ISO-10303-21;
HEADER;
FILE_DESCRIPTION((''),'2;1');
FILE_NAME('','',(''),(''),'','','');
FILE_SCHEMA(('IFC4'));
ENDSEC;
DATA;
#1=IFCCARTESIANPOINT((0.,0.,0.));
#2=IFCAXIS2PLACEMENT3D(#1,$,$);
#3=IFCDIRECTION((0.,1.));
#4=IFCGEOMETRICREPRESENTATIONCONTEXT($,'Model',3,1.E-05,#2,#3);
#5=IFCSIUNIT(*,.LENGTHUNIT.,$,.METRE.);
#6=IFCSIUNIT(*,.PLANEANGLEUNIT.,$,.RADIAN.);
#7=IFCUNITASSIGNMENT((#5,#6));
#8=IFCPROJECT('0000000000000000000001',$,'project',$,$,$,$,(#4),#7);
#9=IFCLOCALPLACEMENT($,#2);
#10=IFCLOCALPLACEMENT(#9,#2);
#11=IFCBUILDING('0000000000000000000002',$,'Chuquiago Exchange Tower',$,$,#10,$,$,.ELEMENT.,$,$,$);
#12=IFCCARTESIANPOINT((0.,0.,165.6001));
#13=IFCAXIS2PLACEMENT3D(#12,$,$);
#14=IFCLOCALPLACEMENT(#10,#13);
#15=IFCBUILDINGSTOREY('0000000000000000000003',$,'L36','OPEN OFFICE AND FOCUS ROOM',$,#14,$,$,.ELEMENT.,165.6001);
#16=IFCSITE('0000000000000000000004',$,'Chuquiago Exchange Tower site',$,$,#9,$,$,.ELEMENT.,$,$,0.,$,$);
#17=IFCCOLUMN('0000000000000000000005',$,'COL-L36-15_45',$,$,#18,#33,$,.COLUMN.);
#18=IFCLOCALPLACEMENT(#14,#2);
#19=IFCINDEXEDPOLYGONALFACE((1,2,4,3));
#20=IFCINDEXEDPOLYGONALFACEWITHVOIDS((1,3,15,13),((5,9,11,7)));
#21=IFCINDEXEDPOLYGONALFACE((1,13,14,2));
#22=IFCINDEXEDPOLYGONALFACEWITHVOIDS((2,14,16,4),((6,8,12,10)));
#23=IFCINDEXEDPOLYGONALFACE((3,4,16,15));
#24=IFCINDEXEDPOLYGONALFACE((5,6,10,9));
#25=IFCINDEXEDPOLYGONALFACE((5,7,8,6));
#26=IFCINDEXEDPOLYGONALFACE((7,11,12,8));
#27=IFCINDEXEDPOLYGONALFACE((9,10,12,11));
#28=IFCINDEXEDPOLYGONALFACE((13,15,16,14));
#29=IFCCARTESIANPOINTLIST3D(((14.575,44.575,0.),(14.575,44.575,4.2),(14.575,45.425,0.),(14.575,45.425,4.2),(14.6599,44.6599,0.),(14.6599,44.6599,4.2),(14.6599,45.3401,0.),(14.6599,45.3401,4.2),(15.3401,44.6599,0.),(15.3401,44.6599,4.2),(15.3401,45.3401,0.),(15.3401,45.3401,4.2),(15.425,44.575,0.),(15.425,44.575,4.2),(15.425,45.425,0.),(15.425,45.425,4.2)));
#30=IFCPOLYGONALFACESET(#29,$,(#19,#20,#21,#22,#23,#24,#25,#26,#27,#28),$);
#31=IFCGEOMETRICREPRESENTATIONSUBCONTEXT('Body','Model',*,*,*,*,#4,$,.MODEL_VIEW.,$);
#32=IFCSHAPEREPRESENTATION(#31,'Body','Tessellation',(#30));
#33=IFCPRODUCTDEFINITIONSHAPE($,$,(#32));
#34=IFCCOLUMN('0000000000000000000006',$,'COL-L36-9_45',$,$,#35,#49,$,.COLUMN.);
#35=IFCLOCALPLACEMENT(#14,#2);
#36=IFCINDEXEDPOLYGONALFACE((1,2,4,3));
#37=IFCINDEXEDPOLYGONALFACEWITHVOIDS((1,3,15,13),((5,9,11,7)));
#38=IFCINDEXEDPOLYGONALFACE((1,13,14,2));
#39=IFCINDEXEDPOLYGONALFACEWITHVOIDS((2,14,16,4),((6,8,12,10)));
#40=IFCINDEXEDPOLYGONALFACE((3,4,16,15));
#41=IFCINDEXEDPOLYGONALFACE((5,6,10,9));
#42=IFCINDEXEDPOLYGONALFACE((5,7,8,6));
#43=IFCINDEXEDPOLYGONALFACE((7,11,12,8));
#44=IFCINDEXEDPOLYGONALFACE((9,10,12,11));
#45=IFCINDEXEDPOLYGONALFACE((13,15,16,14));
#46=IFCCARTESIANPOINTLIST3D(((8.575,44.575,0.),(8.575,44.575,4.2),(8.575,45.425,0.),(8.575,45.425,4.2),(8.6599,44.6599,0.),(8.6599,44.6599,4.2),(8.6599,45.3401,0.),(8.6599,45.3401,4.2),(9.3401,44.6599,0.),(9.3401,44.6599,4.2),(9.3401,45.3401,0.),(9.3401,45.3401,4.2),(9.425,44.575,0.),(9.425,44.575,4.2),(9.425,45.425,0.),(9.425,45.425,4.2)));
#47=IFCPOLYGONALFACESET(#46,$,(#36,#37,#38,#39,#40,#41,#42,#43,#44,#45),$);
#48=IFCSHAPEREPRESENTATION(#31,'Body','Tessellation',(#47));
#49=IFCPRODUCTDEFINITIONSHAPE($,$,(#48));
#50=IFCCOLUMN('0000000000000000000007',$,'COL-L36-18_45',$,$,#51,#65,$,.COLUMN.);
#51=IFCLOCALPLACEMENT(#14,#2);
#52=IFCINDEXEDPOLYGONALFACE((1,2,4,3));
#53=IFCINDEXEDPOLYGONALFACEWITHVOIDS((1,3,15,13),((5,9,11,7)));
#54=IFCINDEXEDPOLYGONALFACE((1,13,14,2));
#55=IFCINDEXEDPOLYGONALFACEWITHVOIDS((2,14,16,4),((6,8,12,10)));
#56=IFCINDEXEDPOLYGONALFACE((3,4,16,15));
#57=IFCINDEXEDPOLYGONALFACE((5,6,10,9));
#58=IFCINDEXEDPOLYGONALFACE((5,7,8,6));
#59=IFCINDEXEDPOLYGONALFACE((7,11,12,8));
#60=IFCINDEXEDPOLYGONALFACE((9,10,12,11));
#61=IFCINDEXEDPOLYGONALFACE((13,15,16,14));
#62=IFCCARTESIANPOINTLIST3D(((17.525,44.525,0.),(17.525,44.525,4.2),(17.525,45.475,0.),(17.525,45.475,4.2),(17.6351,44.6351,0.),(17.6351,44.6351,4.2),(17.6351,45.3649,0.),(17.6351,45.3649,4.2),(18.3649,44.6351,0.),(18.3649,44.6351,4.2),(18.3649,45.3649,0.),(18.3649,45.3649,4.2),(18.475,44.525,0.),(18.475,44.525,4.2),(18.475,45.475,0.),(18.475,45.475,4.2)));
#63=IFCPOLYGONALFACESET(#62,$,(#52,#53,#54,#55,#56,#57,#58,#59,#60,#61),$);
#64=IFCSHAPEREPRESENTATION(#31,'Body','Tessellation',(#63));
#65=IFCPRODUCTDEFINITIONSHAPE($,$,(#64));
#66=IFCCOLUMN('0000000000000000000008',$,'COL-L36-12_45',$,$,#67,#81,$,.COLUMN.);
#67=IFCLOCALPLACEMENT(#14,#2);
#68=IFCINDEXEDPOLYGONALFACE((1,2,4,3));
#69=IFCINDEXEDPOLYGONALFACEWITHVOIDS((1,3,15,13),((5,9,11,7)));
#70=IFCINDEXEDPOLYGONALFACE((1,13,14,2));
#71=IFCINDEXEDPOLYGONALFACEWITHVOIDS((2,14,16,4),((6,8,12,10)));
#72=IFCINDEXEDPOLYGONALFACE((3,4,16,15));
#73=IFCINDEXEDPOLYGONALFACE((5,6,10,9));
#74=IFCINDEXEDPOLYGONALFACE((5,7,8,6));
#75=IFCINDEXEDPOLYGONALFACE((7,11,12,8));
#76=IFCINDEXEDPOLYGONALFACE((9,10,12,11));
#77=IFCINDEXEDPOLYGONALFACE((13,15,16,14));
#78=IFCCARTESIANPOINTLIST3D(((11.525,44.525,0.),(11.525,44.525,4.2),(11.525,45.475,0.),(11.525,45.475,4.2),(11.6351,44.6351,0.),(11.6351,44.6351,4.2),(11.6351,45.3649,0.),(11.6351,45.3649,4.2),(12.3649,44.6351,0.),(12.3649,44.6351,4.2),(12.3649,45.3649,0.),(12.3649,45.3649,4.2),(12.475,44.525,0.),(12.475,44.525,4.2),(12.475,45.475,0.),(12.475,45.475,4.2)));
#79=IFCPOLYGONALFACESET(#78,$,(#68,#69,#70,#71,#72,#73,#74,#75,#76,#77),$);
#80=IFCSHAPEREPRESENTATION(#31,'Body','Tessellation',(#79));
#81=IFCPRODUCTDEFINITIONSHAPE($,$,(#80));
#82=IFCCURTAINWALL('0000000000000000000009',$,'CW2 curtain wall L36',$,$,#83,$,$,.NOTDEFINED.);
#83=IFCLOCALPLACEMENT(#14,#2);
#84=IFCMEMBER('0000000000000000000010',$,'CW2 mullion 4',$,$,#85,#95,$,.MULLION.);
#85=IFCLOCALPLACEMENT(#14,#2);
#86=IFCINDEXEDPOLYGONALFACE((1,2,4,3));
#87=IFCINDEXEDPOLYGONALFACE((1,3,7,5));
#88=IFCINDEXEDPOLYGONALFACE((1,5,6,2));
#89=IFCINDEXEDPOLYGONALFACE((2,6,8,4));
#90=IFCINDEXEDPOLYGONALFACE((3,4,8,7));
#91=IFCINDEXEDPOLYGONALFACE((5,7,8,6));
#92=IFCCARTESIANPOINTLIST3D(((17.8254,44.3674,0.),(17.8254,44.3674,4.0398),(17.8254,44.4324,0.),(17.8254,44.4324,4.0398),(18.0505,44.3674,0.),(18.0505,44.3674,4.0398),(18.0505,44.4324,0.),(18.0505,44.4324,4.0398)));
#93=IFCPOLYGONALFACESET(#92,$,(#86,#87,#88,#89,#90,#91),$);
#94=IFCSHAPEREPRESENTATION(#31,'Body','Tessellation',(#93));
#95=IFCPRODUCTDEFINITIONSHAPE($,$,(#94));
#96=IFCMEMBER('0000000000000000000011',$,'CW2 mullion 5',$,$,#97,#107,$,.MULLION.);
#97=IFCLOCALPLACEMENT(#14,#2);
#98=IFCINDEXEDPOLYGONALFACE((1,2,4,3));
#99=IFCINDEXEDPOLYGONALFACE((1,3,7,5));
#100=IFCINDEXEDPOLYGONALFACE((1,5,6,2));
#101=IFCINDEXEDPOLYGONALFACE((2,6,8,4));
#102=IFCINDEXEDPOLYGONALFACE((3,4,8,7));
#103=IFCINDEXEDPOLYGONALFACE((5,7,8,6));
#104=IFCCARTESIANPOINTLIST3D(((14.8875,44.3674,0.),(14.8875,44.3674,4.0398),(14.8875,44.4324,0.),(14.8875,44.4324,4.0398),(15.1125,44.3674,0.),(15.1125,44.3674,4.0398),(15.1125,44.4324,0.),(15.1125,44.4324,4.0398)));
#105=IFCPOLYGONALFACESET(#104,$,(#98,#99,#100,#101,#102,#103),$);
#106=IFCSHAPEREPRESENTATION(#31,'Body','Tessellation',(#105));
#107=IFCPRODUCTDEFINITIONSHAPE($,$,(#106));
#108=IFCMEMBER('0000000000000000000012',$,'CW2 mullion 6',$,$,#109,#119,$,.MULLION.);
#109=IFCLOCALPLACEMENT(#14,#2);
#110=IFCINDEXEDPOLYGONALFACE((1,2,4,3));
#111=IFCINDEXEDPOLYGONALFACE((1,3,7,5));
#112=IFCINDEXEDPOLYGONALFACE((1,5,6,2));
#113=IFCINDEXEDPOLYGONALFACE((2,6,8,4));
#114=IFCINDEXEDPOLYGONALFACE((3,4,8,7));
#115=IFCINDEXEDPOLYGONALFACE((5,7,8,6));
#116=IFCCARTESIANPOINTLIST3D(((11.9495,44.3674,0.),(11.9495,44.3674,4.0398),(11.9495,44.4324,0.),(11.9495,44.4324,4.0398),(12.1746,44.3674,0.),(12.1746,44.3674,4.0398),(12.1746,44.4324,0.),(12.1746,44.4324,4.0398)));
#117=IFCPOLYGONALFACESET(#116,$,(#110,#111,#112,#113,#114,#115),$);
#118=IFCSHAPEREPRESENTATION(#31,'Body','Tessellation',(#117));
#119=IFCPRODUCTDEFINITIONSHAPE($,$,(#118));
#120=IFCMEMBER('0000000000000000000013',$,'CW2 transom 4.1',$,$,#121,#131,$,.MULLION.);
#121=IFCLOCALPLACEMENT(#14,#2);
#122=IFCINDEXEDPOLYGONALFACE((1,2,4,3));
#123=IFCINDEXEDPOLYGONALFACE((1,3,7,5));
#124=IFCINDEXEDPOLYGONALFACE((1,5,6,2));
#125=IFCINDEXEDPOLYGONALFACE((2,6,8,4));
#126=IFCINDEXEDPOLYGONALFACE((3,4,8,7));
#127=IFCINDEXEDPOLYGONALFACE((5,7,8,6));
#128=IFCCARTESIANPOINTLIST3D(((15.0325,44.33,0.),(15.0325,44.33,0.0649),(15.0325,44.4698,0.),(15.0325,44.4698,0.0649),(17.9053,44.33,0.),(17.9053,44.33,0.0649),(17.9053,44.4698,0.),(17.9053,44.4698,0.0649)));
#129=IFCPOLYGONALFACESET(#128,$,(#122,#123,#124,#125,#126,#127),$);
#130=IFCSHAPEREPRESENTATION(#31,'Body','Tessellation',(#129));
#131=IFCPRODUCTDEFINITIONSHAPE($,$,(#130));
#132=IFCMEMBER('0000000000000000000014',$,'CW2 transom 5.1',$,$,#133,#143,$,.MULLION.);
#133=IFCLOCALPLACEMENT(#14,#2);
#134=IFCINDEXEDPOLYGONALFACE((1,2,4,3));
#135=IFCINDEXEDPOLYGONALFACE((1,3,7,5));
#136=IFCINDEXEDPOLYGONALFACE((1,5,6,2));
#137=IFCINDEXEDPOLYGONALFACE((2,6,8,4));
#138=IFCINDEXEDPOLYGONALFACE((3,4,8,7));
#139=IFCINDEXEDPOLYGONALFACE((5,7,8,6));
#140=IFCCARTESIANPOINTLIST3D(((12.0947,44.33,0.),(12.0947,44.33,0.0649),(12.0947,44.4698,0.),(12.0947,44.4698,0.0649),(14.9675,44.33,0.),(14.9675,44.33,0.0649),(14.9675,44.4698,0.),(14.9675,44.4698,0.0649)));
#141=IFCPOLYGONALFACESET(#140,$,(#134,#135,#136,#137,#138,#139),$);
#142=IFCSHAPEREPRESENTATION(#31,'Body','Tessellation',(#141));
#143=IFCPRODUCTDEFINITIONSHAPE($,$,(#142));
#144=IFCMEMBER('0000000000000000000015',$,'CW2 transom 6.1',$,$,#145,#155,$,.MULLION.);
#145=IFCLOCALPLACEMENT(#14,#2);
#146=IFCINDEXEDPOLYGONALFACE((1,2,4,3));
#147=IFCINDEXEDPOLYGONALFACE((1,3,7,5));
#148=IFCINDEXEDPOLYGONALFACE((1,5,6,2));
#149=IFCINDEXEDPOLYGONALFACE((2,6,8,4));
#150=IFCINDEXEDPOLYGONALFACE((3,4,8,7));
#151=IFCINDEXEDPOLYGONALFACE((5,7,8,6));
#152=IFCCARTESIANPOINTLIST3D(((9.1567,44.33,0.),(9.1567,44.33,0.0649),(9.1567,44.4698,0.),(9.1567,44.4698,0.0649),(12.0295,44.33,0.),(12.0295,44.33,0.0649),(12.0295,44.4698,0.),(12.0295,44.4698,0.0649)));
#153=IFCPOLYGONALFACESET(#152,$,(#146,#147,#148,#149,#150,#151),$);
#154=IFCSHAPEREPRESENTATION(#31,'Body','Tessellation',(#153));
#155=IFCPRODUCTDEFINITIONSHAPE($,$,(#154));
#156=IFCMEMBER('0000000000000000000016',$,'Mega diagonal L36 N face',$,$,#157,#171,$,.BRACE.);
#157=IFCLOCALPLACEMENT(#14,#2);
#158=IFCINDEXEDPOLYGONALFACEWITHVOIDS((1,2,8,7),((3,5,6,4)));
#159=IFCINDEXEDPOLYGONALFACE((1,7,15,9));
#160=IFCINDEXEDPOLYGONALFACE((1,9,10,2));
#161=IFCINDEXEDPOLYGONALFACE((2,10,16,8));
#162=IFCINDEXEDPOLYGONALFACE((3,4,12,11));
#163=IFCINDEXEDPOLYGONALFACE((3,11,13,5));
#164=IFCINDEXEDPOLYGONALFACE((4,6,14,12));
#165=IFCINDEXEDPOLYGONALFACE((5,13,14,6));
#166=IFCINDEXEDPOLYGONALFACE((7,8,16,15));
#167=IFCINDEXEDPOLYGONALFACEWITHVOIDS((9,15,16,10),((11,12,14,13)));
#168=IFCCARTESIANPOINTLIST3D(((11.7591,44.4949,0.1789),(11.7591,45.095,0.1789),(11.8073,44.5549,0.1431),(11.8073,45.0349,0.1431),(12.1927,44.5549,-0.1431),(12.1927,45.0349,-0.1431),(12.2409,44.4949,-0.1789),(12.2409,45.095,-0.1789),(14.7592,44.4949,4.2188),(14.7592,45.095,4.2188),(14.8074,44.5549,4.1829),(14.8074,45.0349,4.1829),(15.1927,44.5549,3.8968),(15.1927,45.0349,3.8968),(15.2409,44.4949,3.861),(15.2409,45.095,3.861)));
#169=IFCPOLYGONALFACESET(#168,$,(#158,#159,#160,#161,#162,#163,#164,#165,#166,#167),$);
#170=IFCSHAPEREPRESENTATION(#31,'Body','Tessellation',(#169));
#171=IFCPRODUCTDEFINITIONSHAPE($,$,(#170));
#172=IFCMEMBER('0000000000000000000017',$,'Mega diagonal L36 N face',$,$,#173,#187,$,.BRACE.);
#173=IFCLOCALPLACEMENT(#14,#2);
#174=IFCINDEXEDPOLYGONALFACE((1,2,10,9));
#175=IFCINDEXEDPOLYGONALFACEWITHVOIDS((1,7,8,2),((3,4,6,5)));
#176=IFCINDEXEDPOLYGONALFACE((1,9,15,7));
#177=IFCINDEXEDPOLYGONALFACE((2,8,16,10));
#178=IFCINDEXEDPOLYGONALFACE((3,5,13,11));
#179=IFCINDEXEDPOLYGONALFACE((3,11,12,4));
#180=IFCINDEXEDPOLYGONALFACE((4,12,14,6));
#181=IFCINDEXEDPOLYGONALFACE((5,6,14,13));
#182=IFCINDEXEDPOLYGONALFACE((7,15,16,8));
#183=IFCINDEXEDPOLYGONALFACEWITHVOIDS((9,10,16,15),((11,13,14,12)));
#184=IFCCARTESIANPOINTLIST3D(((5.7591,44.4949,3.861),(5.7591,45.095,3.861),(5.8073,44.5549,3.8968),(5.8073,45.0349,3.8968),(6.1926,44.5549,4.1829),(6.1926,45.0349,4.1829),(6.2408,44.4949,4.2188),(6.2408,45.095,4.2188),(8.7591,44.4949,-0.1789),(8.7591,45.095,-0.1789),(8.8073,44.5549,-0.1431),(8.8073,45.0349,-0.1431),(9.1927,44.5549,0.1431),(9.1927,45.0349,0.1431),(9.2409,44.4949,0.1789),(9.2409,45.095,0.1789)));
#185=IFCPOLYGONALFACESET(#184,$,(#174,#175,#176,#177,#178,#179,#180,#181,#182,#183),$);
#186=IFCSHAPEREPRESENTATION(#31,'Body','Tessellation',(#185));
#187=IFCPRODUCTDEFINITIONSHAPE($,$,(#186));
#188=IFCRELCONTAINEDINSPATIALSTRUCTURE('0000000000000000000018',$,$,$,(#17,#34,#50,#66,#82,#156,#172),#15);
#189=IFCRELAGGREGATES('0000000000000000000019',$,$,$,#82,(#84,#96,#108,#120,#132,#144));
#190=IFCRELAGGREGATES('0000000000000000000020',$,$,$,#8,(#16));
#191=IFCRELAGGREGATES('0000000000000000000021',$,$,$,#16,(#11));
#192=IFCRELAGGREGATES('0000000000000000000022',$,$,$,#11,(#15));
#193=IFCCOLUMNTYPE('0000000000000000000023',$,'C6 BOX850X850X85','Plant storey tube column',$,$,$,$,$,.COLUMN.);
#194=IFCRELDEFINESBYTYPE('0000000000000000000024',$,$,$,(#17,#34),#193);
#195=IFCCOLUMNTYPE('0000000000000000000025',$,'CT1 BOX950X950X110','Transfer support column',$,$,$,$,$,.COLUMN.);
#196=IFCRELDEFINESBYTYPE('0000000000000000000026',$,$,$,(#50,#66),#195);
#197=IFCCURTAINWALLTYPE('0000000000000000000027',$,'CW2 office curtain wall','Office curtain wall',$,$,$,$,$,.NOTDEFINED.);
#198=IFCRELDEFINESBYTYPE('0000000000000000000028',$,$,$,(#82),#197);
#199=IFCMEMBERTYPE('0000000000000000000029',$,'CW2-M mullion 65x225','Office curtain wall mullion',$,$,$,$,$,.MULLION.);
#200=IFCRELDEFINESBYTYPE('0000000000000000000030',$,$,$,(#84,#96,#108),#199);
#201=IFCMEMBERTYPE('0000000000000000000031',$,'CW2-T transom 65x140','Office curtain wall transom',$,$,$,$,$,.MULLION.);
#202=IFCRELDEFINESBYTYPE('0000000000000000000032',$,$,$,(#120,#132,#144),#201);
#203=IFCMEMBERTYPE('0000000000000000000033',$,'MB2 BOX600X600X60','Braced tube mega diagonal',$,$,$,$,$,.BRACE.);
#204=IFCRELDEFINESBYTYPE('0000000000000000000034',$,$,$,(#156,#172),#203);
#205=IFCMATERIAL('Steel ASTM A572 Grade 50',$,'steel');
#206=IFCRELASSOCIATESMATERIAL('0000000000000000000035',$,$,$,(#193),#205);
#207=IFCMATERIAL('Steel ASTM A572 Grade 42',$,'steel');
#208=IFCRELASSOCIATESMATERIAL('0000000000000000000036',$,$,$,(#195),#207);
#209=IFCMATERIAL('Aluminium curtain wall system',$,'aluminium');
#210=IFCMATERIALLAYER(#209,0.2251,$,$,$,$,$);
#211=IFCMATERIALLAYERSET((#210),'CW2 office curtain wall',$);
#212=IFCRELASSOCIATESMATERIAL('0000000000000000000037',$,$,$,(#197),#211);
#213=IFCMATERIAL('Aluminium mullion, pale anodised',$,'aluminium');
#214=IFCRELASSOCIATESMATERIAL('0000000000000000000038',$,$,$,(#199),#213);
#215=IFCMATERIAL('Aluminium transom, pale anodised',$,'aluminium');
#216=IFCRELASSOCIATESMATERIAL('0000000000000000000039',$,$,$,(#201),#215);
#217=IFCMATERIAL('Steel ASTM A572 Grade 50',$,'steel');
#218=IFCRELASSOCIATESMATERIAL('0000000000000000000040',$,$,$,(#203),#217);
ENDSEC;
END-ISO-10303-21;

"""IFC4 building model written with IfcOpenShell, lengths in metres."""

from ifc_helpers import new_model, si_unit, direction, frame, origin, origin_2d, place, context, subcontext, project, spatial, rectangle, hollow_rectangle, extrude, material, layer, layer_set, material_profile, profile_set, type_object, element, aggregate, save


model = new_model("IFC4")

# Units and contexts
model_context = context("Model", 3, precision=1e-05, world=origin(), true_north=direction((0.0, 1.0)))
body_context = subcontext(model_context, "Body", "Model", "MODEL_VIEW")
ifc_project = project(units=[si_unit("LENGTHUNIT", "METRE"), si_unit("PLANEANGLEUNIT", "RADIAN")], contexts=[model_context])

# Site, building, storey
site_placement = place(None, origin())
site = spatial("IfcSite", under=ifc_project, at=site_placement, Name="Chuquiago Exchange Tower site", CompositionType="ELEMENT", RefElevation=0.0)
building_placement = place(site_placement, origin())
building = spatial("IfcBuilding", under=site, at=building_placement, Name="Chuquiago Exchange Tower", CompositionType="ELEMENT")
storey_placement = place(building_placement, frame((0.0, 0.0, 165.6001)))
storey = spatial("IfcBuildingStorey", under=building, at=storey_placement, Name="L36", Description="OPEN OFFICE AND FOCUS ROOM", CompositionType="ELEMENT", Elevation=165.6001)

# Columns
ifc_material_1 = material(Name="Steel ASTM A572 Grade 50", Category="steel")
ifc_material_profile_1 = material_profile(ifc_material_1, hollow_rectangle(XDim=0.8501, YDim=0.8501, WallThickness=0.085, at=origin_2d()), Name="BOX850X850X85")
ifc_profile_set_1 = profile_set([ifc_material_profile_1], Name="Steel ASTM A572 Grade 50")
column_type_1 = type_object("IfcColumnType", Name="C6 BOX850X850X85", Description="Plant storey tube column", PredefinedType="COLUMN", material=ifc_profile_set_1)
for number, where, z_axis, x_axis, name in (
    (1, (15.0, 45.0, 0.0), (0.0, 0.0, 1.0), (0.0, 1.0, 0.0), "COL-L36-15_45"),
    (2, (9.0, 45.0, 0.0), (0.0, 0.0, 1.0), (0.0, 1.0, 0.0), "COL-L36-9_45"),
):
    element("IfcColumn", number, at=place(storey_placement, frame(where, z_axis=z_axis, x_axis=x_axis)), inside=storey, type_object=column_type_1, Name=name, PredefinedType="COLUMN", context=body_context, shape_type="SweptSolid", body=[
        extrude(hollow_rectangle(XDim=0.8501, YDim=0.8501, WallThickness=0.085, at=origin_2d()), origin(), (0.0, 0.0, 1.0), 4.2),
    ])
ifc_material_2 = material(Name="Steel ASTM A572 Grade 42", Category="steel")
ifc_material_profile_2 = material_profile(ifc_material_2, hollow_rectangle(XDim=0.95, YDim=0.95, WallThickness=0.1101, at=origin_2d()), Name="BOX950X950X110")
ifc_profile_set_2 = profile_set([ifc_material_profile_2], Name="Steel ASTM A572 Grade 42")
column_type_2 = type_object("IfcColumnType", Name="CT1 BOX950X950X110", Description="Transfer support column", PredefinedType="COLUMN", material=ifc_profile_set_2)
for number, where, z_axis, x_axis, name in (
    (3, (18.0, 45.0, 0.0), (0.0, 0.0, 1.0), (0.0, 1.0, 0.0), "COL-L36-18_45"),
    (4, (12.0, 45.0, 0.0), (0.0, 0.0, 1.0), (0.0, 1.0, 0.0), "COL-L36-12_45"),
):
    element("IfcColumn", number, at=place(storey_placement, frame(where, z_axis=z_axis, x_axis=x_axis)), inside=storey, type_object=column_type_2, Name=name, PredefinedType="COLUMN", context=body_context, shape_type="SweptSolid", body=[
        extrude(hollow_rectangle(XDim=0.95, YDim=0.95, WallThickness=0.1101, at=origin_2d()), origin(), (0.0, 0.0, 1.0), 4.2),
    ])

# Curtain wall, members
ifc_material_3 = material(Name="Aluminium curtain wall system", Category="aluminium")
ifc_layer_1 = layer(ifc_material_3, 0.2251)
ifc_layer_set_1 = layer_set([ifc_layer_1], Name="CW2 office curtain wall")
curtain_wall_type = type_object("IfcCurtainWallType", Name="CW2 office curtain wall", Description="Office curtain wall", PredefinedType="NOTDEFINED", material=ifc_layer_set_1)
curtain_wall_placement = place(storey_placement, origin())
curtain_wall = element("IfcCurtainWall", 5, at=curtain_wall_placement, inside=storey, type_object=curtain_wall_type, Name="CW2 curtain wall L36", PredefinedType="NOTDEFINED")
ifc_material_4 = material(Name="Aluminium mullion, pale anodised", Category="aluminium")
ifc_material_profile_3 = material_profile(ifc_material_4, rectangle(XDim=0.0649, YDim=0.2251, at=origin_2d()), Name="AL 65x225")
ifc_profile_set_3 = profile_set([ifc_material_profile_3], Name="Aluminium mullion, pale anodised")
member_type_1 = type_object("IfcMemberType", Name="CW2-M mullion 65x225", Description="Office curtain wall mullion", PredefinedType="MULLION", material=ifc_profile_set_3)
member_1_placement = place(storey_placement, frame((17.938, 44.3999, 0.0), z_axis=(0.0, 0.0, 1.0), x_axis=(0.0, -1.0, 0.0)))
member_1 = element("IfcMember", 6, at=member_1_placement, type_object=member_type_1, Name="CW2 mullion 4", PredefinedType="MULLION", context=body_context, shape_type="SweptSolid", body=[
    extrude(rectangle(XDim=0.0649, YDim=0.2251, at=origin_2d()), origin(), (0.0, 0.0, 1.0), 4.0398),
])
member_2_placement = place(storey_placement, frame((15.0, 44.3999, 0.0), z_axis=(0.0, 0.0, 1.0), x_axis=(0.0, -1.0, 0.0)))
member_2 = element("IfcMember", 7, at=member_2_placement, type_object=member_type_1, Name="CW2 mullion 5", PredefinedType="MULLION", context=body_context, shape_type="SweptSolid", body=[
    extrude(rectangle(XDim=0.0649, YDim=0.2251, at=origin_2d()), origin(), (0.0, 0.0, 1.0), 4.0398),
])
member_3_placement = place(storey_placement, frame((12.062, 44.3999, 0.0), z_axis=(0.0, 0.0, 1.0), x_axis=(0.0, -1.0, 0.0)))
member_3 = element("IfcMember", 8, at=member_3_placement, type_object=member_type_1, Name="CW2 mullion 6", PredefinedType="MULLION", context=body_context, shape_type="SweptSolid", body=[
    extrude(rectangle(XDim=0.0649, YDim=0.2251, at=origin_2d()), origin(), (0.0, 0.0, 1.0), 4.0398),
])
ifc_material_5 = material(Name="Aluminium transom, pale anodised", Category="aluminium")
ifc_material_profile_4 = material_profile(ifc_material_5, rectangle(XDim=0.1399, YDim=0.0649, at=origin_2d()), Name="AL 140x65")
ifc_profile_set_4 = profile_set([ifc_material_profile_4], Name="Aluminium transom, pale anodised")
member_type_2 = type_object("IfcMemberType", Name="CW2-T transom 65x140", Description="Office curtain wall transom", PredefinedType="MULLION", material=ifc_profile_set_4)
member_4_placement = place(storey_placement, frame((17.9053, 44.3999, 0.0325), z_axis=(-1.0, 0.0, 0.0), x_axis=(0.0, -1.0, 0.0)))
member_4 = element("IfcMember", 9, at=member_4_placement, type_object=member_type_2, Name="CW2 transom 4.1", PredefinedType="MULLION", context=body_context, shape_type="SweptSolid", body=[
    extrude(rectangle(XDim=0.1399, YDim=0.0649, at=origin_2d()), origin(), (0.0, 0.0, 1.0), 2.8728),
])
member_5_placement = place(storey_placement, frame((14.9675, 44.3999, 0.0325), z_axis=(-1.0, 0.0, 0.0), x_axis=(0.0, -1.0, 0.0)))
member_5 = element("IfcMember", 10, at=member_5_placement, type_object=member_type_2, Name="CW2 transom 5.1", PredefinedType="MULLION", context=body_context, shape_type="SweptSolid", body=[
    extrude(rectangle(XDim=0.1399, YDim=0.0649, at=origin_2d()), origin(), (0.0, 0.0, 1.0), 2.8728),
])
member_6_placement = place(storey_placement, frame((12.0295, 44.3999, 0.0325), z_axis=(-1.0, 0.0, 0.0), x_axis=(0.0, -1.0, 0.0)))
member_6 = element("IfcMember", 11, at=member_6_placement, type_object=member_type_2, Name="CW2 transom 6.1", PredefinedType="MULLION", context=body_context, shape_type="SweptSolid", body=[
    extrude(rectangle(XDim=0.1399, YDim=0.0649, at=origin_2d()), origin(), (0.0, 0.0, 1.0), 2.8728),
])

# Members
ifc_material_6 = material(Name="Steel ASTM A572 Grade 50", Category="steel")
ifc_material_profile_5 = material_profile(ifc_material_6, hollow_rectangle(XDim=0.6001, YDim=0.6001, WallThickness=0.0601, at=origin_2d()), Name="BOX600X600X60")
ifc_profile_set_5 = profile_set([ifc_material_profile_5], Name="Steel ASTM A572 Grade 50")
member_type_3 = type_object("IfcMemberType", Name="MB2 BOX600X600X60", Description="Braced tube mega diagonal", PredefinedType="BRACE", material=ifc_profile_set_5)
for number, where, z_axis, x_axis, name in (
    (12, (12.0, 44.7949, 0.0), (0.596197, 0.0, 0.802838), (0.0, 1.0, 0.0), "Mega diagonal L36 N face"),
    (13, (9.0, 44.7949, 0.0), (-0.596197, 0.0, 0.802838), (0.0, -1.0, 0.0), "Mega diagonal L36 N face"),
):
    element("IfcMember", number, at=place(storey_placement, frame(where, z_axis=z_axis, x_axis=x_axis)), inside=storey, type_object=member_type_3, Name=name, PredefinedType="BRACE", context=body_context, shape_type="SweptSolid", body=[
        extrude(hollow_rectangle(XDim=0.6001, YDim=0.6001, WallThickness=0.0601, at=origin_2d()), origin(), (0.0, 0.0, 1.0), 5.032),
    ])

aggregate(curtain_wall, [member_1, member_2, member_3, member_4, member_5, member_6])

save(model, "model.ifc")
